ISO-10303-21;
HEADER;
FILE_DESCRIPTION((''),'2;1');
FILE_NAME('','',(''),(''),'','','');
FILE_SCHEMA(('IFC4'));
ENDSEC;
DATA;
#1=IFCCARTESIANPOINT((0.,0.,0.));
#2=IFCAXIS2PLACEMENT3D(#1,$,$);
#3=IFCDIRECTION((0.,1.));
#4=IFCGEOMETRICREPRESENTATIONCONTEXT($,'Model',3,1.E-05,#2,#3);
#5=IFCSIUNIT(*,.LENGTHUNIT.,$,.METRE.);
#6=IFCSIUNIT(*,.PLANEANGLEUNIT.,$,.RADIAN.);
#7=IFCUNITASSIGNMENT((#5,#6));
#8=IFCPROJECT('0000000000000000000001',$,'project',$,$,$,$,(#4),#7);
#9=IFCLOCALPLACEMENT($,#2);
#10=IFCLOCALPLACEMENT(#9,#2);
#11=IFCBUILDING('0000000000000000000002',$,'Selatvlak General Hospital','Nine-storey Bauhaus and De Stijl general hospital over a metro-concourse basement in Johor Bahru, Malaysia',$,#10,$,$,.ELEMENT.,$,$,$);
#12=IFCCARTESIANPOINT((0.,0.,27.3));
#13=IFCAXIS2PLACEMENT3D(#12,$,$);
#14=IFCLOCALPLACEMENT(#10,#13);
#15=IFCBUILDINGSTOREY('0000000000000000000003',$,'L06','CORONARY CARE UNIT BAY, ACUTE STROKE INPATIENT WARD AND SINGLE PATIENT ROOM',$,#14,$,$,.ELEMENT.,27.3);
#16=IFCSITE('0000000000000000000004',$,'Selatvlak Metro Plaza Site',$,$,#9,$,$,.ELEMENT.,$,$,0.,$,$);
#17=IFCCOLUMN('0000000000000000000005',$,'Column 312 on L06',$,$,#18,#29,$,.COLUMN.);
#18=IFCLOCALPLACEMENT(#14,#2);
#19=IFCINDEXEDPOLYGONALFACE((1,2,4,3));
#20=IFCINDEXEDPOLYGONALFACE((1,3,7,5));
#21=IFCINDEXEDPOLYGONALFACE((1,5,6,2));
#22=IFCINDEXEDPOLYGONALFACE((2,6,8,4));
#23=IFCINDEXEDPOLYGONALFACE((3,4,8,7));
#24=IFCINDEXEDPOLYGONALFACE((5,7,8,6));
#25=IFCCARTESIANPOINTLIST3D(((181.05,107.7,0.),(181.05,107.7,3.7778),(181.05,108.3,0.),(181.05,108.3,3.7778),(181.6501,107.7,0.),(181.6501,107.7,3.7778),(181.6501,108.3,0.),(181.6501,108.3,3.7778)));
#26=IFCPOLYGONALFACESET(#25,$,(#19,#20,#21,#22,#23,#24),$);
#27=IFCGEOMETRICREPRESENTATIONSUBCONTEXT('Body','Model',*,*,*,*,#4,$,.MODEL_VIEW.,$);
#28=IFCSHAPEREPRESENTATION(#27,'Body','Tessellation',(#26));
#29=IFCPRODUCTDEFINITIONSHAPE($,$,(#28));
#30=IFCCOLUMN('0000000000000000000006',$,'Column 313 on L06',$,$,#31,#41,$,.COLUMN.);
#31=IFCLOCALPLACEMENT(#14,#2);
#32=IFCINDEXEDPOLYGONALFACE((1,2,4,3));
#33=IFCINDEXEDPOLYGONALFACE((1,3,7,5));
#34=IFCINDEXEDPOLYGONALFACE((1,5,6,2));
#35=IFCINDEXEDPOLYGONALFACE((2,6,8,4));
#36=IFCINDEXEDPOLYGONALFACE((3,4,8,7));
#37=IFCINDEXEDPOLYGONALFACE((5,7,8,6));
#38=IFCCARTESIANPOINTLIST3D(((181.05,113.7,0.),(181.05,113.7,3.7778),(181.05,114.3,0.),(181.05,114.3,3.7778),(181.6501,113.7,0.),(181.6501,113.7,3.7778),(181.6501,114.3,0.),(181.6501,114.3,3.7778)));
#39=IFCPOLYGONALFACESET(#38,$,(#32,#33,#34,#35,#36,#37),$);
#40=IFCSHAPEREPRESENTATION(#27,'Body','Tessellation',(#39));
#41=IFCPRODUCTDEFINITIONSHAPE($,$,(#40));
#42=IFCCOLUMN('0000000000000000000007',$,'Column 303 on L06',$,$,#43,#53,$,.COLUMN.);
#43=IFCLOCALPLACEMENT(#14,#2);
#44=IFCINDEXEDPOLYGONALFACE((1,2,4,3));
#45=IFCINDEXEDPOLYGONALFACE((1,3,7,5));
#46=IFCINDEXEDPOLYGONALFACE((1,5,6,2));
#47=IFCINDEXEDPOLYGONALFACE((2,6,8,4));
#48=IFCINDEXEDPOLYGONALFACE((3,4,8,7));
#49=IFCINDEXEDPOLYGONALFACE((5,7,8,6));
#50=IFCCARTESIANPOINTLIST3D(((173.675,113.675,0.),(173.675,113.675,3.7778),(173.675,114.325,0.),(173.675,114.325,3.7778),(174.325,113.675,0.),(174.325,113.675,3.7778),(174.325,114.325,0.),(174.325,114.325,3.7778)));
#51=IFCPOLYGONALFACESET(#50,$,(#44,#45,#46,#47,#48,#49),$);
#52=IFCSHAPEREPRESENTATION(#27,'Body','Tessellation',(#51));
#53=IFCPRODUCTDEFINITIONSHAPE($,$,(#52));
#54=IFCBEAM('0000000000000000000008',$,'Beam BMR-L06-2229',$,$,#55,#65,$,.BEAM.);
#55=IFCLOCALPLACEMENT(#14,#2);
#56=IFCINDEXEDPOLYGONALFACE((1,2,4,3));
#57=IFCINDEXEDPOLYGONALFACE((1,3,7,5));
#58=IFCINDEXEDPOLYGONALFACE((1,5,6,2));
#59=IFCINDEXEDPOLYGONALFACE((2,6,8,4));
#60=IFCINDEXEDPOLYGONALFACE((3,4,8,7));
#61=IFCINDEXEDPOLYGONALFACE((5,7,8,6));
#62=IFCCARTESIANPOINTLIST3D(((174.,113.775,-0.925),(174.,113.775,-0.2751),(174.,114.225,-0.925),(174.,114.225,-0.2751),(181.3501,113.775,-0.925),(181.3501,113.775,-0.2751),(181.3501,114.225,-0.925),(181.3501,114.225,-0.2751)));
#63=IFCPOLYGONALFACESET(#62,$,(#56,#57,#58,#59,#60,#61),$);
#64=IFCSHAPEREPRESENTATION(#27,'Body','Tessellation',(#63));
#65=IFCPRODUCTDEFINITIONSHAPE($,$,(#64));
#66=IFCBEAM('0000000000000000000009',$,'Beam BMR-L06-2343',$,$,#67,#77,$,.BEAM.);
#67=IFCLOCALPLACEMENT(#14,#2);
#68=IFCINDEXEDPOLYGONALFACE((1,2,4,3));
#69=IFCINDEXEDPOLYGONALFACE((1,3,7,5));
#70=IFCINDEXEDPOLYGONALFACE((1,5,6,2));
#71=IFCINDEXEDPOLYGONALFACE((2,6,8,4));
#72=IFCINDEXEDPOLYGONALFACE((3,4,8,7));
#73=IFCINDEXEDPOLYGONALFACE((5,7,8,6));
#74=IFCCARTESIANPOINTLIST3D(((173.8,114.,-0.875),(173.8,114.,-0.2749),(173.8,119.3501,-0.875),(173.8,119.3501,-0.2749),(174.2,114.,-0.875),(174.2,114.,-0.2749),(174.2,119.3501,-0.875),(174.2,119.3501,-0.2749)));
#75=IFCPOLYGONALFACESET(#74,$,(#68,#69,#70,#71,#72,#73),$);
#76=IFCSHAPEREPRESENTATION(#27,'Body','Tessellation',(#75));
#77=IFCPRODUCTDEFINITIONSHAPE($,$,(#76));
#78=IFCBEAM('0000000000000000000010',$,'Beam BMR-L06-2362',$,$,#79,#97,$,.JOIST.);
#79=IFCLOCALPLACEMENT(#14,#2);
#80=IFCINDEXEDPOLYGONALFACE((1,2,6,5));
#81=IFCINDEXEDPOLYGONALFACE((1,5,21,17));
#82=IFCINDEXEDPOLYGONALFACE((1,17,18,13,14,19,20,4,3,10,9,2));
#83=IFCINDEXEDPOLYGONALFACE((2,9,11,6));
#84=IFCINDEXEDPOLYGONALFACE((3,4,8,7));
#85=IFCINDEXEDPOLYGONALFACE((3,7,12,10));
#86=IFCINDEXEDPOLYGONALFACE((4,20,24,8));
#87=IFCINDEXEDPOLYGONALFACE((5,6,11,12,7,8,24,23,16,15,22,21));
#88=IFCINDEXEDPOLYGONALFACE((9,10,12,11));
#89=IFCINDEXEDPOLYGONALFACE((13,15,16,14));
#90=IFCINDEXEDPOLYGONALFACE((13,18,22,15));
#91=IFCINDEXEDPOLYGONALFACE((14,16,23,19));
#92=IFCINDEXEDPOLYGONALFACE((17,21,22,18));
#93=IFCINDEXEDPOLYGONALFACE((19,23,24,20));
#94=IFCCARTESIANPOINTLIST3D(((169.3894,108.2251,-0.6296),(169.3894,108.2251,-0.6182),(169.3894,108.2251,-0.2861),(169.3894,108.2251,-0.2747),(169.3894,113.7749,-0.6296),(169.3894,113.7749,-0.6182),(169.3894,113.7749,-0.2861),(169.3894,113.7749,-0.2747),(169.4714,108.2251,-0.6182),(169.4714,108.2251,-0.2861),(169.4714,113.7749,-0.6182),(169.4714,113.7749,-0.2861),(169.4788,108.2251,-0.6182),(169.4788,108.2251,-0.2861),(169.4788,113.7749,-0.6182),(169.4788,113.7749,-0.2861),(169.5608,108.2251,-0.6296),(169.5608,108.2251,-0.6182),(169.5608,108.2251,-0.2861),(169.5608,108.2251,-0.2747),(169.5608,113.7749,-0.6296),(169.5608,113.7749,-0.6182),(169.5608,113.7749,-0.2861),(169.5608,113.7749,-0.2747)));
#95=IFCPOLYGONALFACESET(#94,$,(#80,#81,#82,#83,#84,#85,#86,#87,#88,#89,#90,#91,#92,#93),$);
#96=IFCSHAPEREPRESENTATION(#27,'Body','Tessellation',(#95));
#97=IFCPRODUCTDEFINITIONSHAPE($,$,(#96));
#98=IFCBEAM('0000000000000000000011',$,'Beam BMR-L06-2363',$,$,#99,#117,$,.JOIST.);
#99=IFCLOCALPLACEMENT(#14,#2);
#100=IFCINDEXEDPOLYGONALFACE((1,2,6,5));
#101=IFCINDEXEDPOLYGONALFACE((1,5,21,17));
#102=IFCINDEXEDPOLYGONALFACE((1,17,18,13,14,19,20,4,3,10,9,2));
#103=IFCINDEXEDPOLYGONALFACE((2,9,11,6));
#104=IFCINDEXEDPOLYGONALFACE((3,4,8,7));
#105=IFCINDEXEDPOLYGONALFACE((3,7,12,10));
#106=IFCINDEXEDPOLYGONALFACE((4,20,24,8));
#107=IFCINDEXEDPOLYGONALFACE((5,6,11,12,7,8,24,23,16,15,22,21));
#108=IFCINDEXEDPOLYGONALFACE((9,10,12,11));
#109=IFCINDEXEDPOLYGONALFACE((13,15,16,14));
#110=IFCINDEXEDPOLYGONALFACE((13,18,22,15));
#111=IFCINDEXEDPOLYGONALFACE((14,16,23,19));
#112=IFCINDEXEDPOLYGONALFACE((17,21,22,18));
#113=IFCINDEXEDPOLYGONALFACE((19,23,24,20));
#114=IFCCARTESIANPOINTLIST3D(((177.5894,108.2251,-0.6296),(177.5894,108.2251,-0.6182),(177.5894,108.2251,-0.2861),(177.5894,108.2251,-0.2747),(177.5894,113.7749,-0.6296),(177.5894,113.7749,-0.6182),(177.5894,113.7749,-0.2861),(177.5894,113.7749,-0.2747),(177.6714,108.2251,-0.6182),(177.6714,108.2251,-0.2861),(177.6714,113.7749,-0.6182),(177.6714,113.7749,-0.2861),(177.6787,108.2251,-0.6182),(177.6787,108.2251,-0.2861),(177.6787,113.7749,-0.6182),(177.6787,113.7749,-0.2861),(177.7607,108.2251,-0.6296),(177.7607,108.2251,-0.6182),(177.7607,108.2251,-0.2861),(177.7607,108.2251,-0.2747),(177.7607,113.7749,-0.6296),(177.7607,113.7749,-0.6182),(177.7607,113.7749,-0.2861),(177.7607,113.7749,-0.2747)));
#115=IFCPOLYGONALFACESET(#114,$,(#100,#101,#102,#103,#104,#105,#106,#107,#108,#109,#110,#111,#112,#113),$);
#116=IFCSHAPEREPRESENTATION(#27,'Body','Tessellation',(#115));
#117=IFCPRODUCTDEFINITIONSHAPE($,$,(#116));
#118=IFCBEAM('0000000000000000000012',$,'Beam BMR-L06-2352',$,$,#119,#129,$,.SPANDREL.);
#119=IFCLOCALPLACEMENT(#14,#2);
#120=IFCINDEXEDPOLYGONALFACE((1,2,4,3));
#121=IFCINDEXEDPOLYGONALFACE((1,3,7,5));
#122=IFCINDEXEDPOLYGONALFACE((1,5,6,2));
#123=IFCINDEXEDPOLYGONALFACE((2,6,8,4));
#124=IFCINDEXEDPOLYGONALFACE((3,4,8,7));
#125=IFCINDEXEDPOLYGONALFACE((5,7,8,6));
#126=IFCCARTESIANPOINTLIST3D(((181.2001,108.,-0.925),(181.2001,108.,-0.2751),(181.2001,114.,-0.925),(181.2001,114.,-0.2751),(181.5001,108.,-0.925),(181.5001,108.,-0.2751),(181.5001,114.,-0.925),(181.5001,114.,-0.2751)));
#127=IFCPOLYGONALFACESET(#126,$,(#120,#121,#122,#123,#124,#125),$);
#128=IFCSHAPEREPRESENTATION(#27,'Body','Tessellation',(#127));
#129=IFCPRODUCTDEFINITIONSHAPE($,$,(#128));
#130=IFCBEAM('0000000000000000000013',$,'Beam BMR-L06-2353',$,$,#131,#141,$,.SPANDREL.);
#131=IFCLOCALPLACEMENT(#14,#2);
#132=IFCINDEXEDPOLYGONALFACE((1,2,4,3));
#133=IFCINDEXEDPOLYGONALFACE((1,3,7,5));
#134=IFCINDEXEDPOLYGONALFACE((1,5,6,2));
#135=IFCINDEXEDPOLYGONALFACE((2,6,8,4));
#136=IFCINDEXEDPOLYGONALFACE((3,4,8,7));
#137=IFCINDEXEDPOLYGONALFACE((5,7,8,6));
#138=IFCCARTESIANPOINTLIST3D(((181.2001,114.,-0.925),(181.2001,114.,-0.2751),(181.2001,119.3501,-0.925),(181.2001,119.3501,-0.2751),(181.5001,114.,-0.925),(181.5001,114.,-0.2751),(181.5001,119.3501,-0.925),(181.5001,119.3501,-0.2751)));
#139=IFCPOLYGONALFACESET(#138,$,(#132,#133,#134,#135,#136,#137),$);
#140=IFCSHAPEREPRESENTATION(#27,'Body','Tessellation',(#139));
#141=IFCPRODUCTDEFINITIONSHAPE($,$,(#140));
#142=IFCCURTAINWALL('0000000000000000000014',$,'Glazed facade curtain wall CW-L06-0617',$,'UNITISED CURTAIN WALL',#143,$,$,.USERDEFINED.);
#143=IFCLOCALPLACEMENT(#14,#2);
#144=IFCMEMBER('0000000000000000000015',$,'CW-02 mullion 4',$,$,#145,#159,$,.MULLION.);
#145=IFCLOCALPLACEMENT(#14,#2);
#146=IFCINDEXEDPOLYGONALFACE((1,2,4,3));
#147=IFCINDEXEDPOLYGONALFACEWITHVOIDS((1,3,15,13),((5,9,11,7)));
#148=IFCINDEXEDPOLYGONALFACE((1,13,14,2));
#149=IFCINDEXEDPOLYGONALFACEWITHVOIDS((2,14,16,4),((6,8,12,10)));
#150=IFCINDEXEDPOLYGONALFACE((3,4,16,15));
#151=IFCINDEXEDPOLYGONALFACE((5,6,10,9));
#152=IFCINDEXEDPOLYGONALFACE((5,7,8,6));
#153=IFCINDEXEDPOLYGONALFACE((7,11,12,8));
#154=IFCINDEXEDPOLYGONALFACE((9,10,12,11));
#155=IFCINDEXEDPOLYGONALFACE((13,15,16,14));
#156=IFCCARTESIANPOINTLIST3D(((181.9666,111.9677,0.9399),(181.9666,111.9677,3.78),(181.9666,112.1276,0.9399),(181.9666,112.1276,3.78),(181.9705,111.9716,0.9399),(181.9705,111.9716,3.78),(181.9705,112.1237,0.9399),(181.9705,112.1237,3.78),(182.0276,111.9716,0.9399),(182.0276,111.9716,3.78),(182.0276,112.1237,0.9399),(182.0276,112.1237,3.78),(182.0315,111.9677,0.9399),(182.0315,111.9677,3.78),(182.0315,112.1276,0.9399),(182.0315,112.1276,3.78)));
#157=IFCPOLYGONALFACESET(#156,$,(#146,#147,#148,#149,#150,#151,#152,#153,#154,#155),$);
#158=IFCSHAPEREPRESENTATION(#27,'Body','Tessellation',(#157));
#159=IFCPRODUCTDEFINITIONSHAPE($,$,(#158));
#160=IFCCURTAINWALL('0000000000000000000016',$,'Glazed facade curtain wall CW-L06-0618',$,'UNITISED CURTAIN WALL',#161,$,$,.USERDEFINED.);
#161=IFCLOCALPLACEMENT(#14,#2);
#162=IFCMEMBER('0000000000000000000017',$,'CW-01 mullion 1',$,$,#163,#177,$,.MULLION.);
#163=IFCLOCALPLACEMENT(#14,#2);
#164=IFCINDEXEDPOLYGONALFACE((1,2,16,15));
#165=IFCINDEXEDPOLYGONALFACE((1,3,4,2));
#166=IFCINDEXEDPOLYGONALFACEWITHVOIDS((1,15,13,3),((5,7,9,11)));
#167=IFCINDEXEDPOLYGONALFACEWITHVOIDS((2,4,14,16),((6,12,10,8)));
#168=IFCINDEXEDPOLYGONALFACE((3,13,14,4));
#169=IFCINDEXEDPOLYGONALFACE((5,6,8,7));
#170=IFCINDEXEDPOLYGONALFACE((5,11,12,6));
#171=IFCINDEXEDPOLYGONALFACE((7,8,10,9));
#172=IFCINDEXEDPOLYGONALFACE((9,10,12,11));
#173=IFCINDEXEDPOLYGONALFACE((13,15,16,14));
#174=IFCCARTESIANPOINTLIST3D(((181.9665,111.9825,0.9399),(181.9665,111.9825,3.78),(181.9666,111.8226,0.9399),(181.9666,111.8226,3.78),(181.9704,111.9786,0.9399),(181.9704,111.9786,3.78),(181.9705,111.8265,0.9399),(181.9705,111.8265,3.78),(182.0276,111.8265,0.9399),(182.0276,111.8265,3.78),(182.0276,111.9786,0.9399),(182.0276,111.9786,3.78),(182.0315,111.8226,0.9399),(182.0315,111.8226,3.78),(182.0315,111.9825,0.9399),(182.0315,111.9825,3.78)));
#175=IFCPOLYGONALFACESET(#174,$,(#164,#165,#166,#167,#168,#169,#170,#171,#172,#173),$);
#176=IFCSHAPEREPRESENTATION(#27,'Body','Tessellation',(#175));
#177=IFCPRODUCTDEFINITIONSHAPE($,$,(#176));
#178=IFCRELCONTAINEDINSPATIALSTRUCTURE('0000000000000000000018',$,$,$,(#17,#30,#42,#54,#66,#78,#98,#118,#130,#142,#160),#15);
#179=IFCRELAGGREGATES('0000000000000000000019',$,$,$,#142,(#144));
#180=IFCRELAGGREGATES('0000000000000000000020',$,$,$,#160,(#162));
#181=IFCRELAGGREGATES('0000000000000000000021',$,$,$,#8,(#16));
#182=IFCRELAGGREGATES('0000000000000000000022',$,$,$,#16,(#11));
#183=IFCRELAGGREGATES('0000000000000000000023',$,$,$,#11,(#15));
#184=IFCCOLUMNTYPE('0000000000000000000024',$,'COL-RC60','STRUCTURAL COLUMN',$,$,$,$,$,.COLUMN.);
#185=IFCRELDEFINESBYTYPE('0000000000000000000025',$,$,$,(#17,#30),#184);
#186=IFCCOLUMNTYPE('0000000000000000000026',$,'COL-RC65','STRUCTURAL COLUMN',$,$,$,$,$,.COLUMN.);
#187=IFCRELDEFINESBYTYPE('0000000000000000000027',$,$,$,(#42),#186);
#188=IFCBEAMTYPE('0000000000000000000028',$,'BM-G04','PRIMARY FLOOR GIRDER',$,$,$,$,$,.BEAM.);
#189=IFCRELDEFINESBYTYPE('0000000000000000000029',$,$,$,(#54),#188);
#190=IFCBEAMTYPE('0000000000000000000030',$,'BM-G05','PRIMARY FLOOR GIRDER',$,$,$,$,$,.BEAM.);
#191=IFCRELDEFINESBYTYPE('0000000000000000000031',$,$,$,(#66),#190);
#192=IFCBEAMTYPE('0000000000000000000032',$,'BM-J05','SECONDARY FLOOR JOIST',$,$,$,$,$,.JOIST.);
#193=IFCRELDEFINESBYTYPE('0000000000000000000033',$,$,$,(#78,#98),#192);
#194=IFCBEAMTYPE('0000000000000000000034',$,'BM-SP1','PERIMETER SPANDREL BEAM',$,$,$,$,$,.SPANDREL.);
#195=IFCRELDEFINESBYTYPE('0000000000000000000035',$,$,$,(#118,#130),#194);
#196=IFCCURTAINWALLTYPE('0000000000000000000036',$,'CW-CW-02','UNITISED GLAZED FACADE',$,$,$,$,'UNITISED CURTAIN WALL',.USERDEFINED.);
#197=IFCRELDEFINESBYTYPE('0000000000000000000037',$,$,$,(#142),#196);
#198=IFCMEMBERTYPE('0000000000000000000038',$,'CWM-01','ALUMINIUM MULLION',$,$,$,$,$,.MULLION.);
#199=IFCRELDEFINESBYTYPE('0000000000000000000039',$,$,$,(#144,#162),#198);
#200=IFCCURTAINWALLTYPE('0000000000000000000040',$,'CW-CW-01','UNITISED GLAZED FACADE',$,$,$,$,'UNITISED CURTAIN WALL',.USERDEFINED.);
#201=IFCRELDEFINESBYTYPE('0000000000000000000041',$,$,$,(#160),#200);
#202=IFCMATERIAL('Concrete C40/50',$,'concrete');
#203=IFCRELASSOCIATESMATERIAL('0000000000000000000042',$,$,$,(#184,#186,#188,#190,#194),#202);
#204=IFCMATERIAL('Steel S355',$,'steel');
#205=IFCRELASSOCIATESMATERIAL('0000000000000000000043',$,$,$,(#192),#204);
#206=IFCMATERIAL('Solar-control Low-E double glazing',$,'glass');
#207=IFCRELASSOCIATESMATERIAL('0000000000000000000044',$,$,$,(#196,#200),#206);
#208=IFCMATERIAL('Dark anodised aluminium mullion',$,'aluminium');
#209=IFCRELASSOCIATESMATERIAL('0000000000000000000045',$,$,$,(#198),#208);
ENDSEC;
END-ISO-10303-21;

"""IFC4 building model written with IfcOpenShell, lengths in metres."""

from ifc_helpers import new_model, si_unit, direction, frame, origin, origin_2d, place, context, subcontext, project, spatial, rectangle, hollow_rectangle, i_section, extrude, material, material_profile, profile_set, type_object, element, aggregate, save


model = new_model("IFC4")

# Units and contexts
model_context = context("Model", 3, precision=1e-05, world=origin(), true_north=direction((0.0, 1.0)))
body_context = subcontext(model_context, "Body", "Model", "MODEL_VIEW")
ifc_project = project(units=[si_unit("LENGTHUNIT", "METRE"), si_unit("PLANEANGLEUNIT", "RADIAN")], contexts=[model_context])

# Site, building, storey
site_placement = place(None, origin())
site = spatial("IfcSite", under=ifc_project, at=site_placement, Name="Selatvlak Metro Plaza Site", CompositionType="ELEMENT", RefElevation=0.0)
building_placement = place(site_placement, origin())
building = spatial("IfcBuilding", under=site, at=building_placement, Name="Selatvlak General Hospital", Description="Nine-storey Bauhaus and De Stijl general hospital over a metro-concourse basement in Johor Bahru, Malaysia", CompositionType="ELEMENT")
storey_placement = place(building_placement, frame((0.0, 0.0, 27.3)))
storey = spatial("IfcBuildingStorey", under=building, at=storey_placement, Name="L06", Description="CORONARY CARE UNIT BAY, ACUTE STROKE INPATIENT WARD AND SINGLE PATIENT ROOM", CompositionType="ELEMENT", Elevation=27.3)

# Columns
ifc_material_1 = material(Name="Concrete C40/50", Category="concrete")
ifc_material_profile_1 = material_profile(ifc_material_1, rectangle(XDim=0.6001, YDim=0.6001, at=origin_2d()), Name="RC-COL 600x600")
ifc_profile_set_1 = profile_set([ifc_material_profile_1], Name="Concrete C40/50")
column_type_1 = type_object("IfcColumnType", Name="COL-RC60", Description="STRUCTURAL COLUMN", PredefinedType="COLUMN", material=ifc_profile_set_1)
for number, where, z_axis, x_axis, name in (
    (1, (181.3501, 108.0, 0.0), (0.0, 0.0, 1.0), (1.0, 0.0, 0.0), "Column 312 on L06"),
    (2, (181.3501, 114.0, 0.0), (0.0, 0.0, 1.0), (1.0, 0.0, 0.0), "Column 313 on L06"),
):
    element("IfcColumn", number, at=place(storey_placement, frame(where, z_axis=z_axis, x_axis=x_axis)), inside=storey, type_object=column_type_1, Name=name, PredefinedType="COLUMN", context=body_context, shape_type="SweptSolid", body=[
        extrude(rectangle(XDim=0.6001, YDim=0.6001, at=origin_2d()), origin(), (0.0, 0.0, 1.0), 3.7778),
    ])
ifc_material_profile_2 = material_profile(ifc_material_1, rectangle(XDim=0.6499, YDim=0.6499, at=origin_2d()), Name="RC-COL 650x650")
ifc_profile_set_2 = profile_set([ifc_material_profile_2], Name="Concrete C40/50")
column_type_2 = type_object("IfcColumnType", Name="COL-RC65", Description="STRUCTURAL COLUMN", PredefinedType="COLUMN", material=ifc_profile_set_2)
column_placement = place(storey_placement, frame((174.0, 114.0, 0.0), z_axis=(0.0, 0.0, 1.0), x_axis=(1.0, 0.0, 0.0)))
element("IfcColumn", 3, at=column_placement, inside=storey, type_object=column_type_2, Name="Column 303 on L06", PredefinedType="COLUMN", context=body_context, shape_type="SweptSolid", body=[
    extrude(rectangle(XDim=0.6499, YDim=0.6499, at=origin_2d()), origin(), (0.0, 0.0, 1.0), 3.7778),
])

# Beams
ifc_material_profile_3 = material_profile(ifc_material_1, rectangle(XDim=0.45, YDim=0.6499, at=origin_2d()), Name="RC-BM 450x650")
ifc_profile_set_3 = profile_set([ifc_material_profile_3], Name="Concrete C40/50")
beam_type_1 = type_object("IfcBeamType", Name="BM-G04", Description="PRIMARY FLOOR GIRDER", PredefinedType="BEAM", material=ifc_profile_set_3)
beam_1_placement = place(storey_placement, frame((174.0, 114.0, -0.6001), z_axis=(1.0, 0.0, 0.0), x_axis=(0.0, 1.0, 0.0)))
element("IfcBeam", 4, at=beam_1_placement, inside=storey, type_object=beam_type_1, Name="Beam BMR-L06-2229", PredefinedType="BEAM", context=body_context, shape_type="SweptSolid", body=[
    extrude(rectangle(XDim=0.45, YDim=0.6499, at=origin_2d()), origin(), (0.0, 0.0, 1.0), 7.3501),
])
ifc_material_profile_4 = material_profile(ifc_material_1, rectangle(XDim=0.3999, YDim=0.6001, at=origin_2d()), Name="RC-BM 400x600")
ifc_profile_set_4 = profile_set([ifc_material_profile_4], Name="Concrete C40/50")
beam_type_2 = type_object("IfcBeamType", Name="BM-G05", Description="PRIMARY FLOOR GIRDER", PredefinedType="BEAM", material=ifc_profile_set_4)
beam_2_placement = place(storey_placement, frame((174.0, 114.0, -0.575), z_axis=(0.0, 1.0, 0.0), x_axis=(-1.0, 0.0, 0.0)))
element("IfcBeam", 5, at=beam_2_placement, inside=storey, type_object=beam_type_2, Name="Beam BMR-L06-2343", PredefinedType="BEAM", context=body_context, shape_type="SweptSolid", body=[
    extrude(rectangle(XDim=0.3999, YDim=0.6001, at=origin_2d()), origin(), (0.0, 0.0, 1.0), 5.3501),
])
ifc_material_2 = material(Name="Steel S355", Category="steel")
ifc_material_profile_5 = material_profile(ifc_material_2, i_section(OverallWidth=0.1714, OverallDepth=0.355, WebThickness=0.0073, FlangeThickness=0.0115, at=origin_2d()), Name="UB 356x171x51")
ifc_profile_set_5 = profile_set([ifc_material_profile_5], Name="Steel S355")
beam_type_3 = type_object("IfcBeamType", Name="BM-J05", Description="SECONDARY FLOOR JOIST", PredefinedType="JOIST", material=ifc_profile_set_5)
for number, where, z_axis, x_axis, name in (
    (6, (169.4751, 108.2251, -0.4521), (0.0, 1.0, 0.0), (-1.0, 0.0, 0.0), "Beam BMR-L06-2362"),
    (7, (177.675, 108.2251, -0.4521), (0.0, 1.0, 0.0), (-1.0, 0.0, 0.0), "Beam BMR-L06-2363"),
):
    element("IfcBeam", number, at=place(storey_placement, frame(where, z_axis=z_axis, x_axis=x_axis)), inside=storey, type_object=beam_type_3, Name=name, PredefinedType="JOIST", context=body_context, shape_type="SweptSolid", body=[
        extrude(i_section(OverallWidth=0.1714, OverallDepth=0.355, WebThickness=0.0073, FlangeThickness=0.0115, at=origin_2d()), origin(), (0.0, 0.0, 1.0), 5.5498),
    ])
ifc_material_profile_6 = material_profile(ifc_material_1, rectangle(XDim=0.3, YDim=0.6499, at=origin_2d()), Name="RC-SP 300x650")
ifc_profile_set_6 = profile_set([ifc_material_profile_6], Name="Concrete C40/50")
beam_type_4 = type_object("IfcBeamType", Name="BM-SP1", Description="PERIMETER SPANDREL BEAM", PredefinedType="SPANDREL", material=ifc_profile_set_6)
beam_3_placement = place(storey_placement, frame((181.3501, 108.0, -0.6001), z_axis=(0.0, 1.0, 0.0), x_axis=(-1.0, 0.0, 0.0)))
element("IfcBeam", 8, at=beam_3_placement, inside=storey, type_object=beam_type_4, Name="Beam BMR-L06-2352", PredefinedType="SPANDREL", context=body_context, shape_type="SweptSolid", body=[
    extrude(rectangle(XDim=0.3, YDim=0.6499, at=origin_2d()), origin(), (0.0, 0.0, 1.0), 6.0),
])
beam_4_placement = place(storey_placement, frame((181.3501, 114.0, -0.6001), z_axis=(0.0, 1.0, 0.0), x_axis=(-1.0, 0.0, 0.0)))
element("IfcBeam", 9, at=beam_4_placement, inside=storey, type_object=beam_type_4, Name="Beam BMR-L06-2353", PredefinedType="SPANDREL", context=body_context, shape_type="SweptSolid", body=[
    extrude(rectangle(XDim=0.3, YDim=0.6499, at=origin_2d()), origin(), (0.0, 0.0, 1.0), 5.3501),
])

# Curtain wall, member
ifc_material_3 = material(Name="Solar-control Low-E double glazing", Category="glass")
curtain_wall_type_1 = type_object("IfcCurtainWallType", Name="CW-CW-02", Description="UNITISED GLAZED FACADE", ElementType="UNITISED CURTAIN WALL", PredefinedType="USERDEFINED", material=ifc_material_3)
curtain_wall_1_placement = place(storey_placement, origin())
curtain_wall_1 = element("IfcCurtainWall", 10, at=curtain_wall_1_placement, inside=storey, type_object=curtain_wall_type_1, Name="Glazed facade curtain wall CW-L06-0617", ObjectType="UNITISED CURTAIN WALL", PredefinedType="USERDEFINED")
ifc_material_4 = material(Name="Dark anodised aluminium mullion", Category="aluminium")
ifc_material_profile_7 = material_profile(ifc_material_4, hollow_rectangle(XDim=0.0649, YDim=0.1599, WallThickness=0.0039, at=origin_2d()), Name="AL-MUL 65x160x4")
ifc_profile_set_7 = profile_set([ifc_material_profile_7], Name="Dark anodised aluminium mullion")
member_type_1 = type_object("IfcMemberType", Name="CWM-01", Description="ALUMINIUM MULLION", PredefinedType="MULLION", material=ifc_profile_set_7)
member_1_placement = place(storey_placement, frame((181.999, 112.0476, 0.9399), z_axis=(0.0, 0.0, 1.0), x_axis=(1.0, 0.0, 0.0)))
member_1 = element("IfcMember", 11, at=member_1_placement, type_object=member_type_1, Name="CW-02 mullion 4", PredefinedType="MULLION", context=body_context, shape_type="SweptSolid", body=[
    extrude(hollow_rectangle(XDim=0.0649, YDim=0.1599, WallThickness=0.0039, at=origin_2d()), origin(), (0.0, 0.0, 1.0), 2.8401),
])

# Curtain wall, member
curtain_wall_type_2 = type_object("IfcCurtainWallType", Name="CW-CW-01", Description="UNITISED GLAZED FACADE", ElementType="UNITISED CURTAIN WALL", PredefinedType="USERDEFINED", material=ifc_material_3)
curtain_wall_2_placement = place(storey_placement, origin())
curtain_wall_2 = element("IfcCurtainWall", 12, at=curtain_wall_2_placement, inside=storey, type_object=curtain_wall_type_2, Name="Glazed facade curtain wall CW-L06-0618", ObjectType="UNITISED CURTAIN WALL", PredefinedType="USERDEFINED")
member_2_placement = place(storey_placement, frame((181.999, 111.9026, 0.9399), z_axis=(0.0, 0.0, 1.0), x_axis=(1.0, 0.000126, 0.0)))
member_2 = element("IfcMember", 13, at=member_2_placement, type_object=member_type_1, Name="CW-01 mullion 1", PredefinedType="MULLION", context=body_context, shape_type="SweptSolid", body=[
    extrude(hollow_rectangle(XDim=0.0649, YDim=0.1599, WallThickness=0.0039, at=origin_2d()), origin(), (0.0, 0.0, 1.0), 2.8401),
])

aggregate(curtain_wall_1, [member_1])
aggregate(curtain_wall_2, [member_2])

save(model, "model.ifc")
